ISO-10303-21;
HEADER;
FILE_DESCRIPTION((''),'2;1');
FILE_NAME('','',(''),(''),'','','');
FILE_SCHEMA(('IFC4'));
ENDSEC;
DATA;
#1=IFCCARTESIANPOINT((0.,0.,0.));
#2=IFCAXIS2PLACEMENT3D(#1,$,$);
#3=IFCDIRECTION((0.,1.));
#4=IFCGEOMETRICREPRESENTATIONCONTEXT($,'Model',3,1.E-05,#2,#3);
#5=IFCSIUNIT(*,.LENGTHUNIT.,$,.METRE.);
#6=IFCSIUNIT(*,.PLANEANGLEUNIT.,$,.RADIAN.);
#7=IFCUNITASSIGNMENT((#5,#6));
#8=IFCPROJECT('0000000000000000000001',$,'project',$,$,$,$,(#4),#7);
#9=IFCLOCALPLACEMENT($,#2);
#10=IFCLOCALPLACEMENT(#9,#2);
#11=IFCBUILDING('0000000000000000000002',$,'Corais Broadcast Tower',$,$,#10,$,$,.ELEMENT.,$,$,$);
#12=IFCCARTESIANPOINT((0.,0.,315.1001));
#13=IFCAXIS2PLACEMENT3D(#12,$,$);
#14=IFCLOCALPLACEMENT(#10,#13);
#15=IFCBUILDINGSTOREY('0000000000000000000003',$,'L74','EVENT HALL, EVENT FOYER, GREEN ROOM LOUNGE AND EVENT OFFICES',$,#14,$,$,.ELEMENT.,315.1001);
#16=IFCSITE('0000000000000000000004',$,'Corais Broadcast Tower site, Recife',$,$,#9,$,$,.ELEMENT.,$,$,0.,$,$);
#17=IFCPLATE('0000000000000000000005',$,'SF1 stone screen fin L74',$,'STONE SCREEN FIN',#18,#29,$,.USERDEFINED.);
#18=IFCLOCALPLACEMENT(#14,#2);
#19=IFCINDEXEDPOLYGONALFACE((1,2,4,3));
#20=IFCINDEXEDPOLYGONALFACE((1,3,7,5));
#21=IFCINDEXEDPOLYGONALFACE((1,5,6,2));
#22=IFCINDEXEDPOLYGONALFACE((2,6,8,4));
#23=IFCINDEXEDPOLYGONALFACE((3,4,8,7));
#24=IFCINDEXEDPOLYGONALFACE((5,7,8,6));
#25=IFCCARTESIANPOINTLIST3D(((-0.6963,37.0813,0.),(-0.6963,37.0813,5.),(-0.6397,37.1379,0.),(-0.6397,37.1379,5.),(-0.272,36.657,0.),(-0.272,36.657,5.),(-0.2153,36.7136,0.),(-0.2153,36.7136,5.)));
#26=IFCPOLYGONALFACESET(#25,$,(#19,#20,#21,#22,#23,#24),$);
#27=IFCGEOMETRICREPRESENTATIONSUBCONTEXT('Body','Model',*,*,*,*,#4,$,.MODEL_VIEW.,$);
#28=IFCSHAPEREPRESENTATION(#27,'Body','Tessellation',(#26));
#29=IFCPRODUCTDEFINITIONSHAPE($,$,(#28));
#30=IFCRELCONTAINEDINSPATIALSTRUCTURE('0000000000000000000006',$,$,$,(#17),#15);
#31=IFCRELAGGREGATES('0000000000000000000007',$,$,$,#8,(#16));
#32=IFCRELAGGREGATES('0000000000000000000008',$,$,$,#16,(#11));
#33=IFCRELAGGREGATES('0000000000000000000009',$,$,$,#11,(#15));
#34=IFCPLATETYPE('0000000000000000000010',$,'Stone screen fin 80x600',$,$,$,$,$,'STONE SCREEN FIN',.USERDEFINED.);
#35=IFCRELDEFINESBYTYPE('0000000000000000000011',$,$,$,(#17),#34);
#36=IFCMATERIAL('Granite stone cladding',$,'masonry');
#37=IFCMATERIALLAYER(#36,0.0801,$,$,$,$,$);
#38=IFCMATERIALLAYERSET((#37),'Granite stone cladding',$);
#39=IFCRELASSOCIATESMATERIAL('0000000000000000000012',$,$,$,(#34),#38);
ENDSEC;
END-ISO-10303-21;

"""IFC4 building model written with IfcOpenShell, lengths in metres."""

from ifc_helpers import new_model, si_unit, direction, frame, origin, origin_2d, place, context, subcontext, project, spatial, rectangle, extrude, material, layer, layer_set, type_object, element, save


model = new_model("IFC4")

# Units and contexts
model_context = context("Model", 3, precision=1e-05, world=origin(), true_north=direction((0.0, 1.0)))
body_context = subcontext(model_context, "Body", "Model", "MODEL_VIEW")
ifc_project = project(units=[si_unit("LENGTHUNIT", "METRE"), si_unit("PLANEANGLEUNIT", "RADIAN")], contexts=[model_context])

# Site, building, storey
site_placement = place(None, origin())
site = spatial("IfcSite", under=ifc_project, at=site_placement, Name="Corais Broadcast Tower site, Recife", CompositionType="ELEMENT", RefElevation=0.0)
building_placement = place(site_placement, origin())
building = spatial("IfcBuilding", under=site, at=building_placement, Name="Corais Broadcast Tower", CompositionType="ELEMENT")
storey_placement = place(building_placement, frame((0.0, 0.0, 315.1001)))
storey = spatial("IfcBuildingStorey", under=building, at=storey_placement, Name="L74", Description="EVENT HALL, EVENT FOYER, GREEN ROOM LOUNGE AND EVENT OFFICES", CompositionType="ELEMENT", Elevation=315.1001)

# Plate
ifc_material_1 = material(Name="Granite stone cladding", Category="masonry")
ifc_layer_1 = layer(ifc_material_1, 0.0801)
ifc_layer_set_1 = layer_set([ifc_layer_1], Name="Granite stone cladding")
plate_type_1 = type_object("IfcPlateType", Name="Stone screen fin 80x600", ElementType="STONE SCREEN FIN", PredefinedType="USERDEFINED", material=ifc_layer_set_1)
plate_1_placement = place(storey_placement, frame((-0.4558, 36.8975, 0.0), z_axis=(0.0, 0.0, 1.0), x_axis=(0.707107, 0.707107, 0.0)))
element("IfcPlate", 1, at=plate_1_placement, inside=storey, type_object=plate_type_1, Name="SF1 stone screen fin L74", ObjectType="STONE SCREEN FIN", PredefinedType="USERDEFINED", context=body_context, shape_type="SweptSolid", body=[
    extrude(rectangle(XDim=0.0801, YDim=0.6001, at=origin_2d()), origin(), (0.0, 0.0, 1.0), 5.0),
])

save(model, "model.ifc")
